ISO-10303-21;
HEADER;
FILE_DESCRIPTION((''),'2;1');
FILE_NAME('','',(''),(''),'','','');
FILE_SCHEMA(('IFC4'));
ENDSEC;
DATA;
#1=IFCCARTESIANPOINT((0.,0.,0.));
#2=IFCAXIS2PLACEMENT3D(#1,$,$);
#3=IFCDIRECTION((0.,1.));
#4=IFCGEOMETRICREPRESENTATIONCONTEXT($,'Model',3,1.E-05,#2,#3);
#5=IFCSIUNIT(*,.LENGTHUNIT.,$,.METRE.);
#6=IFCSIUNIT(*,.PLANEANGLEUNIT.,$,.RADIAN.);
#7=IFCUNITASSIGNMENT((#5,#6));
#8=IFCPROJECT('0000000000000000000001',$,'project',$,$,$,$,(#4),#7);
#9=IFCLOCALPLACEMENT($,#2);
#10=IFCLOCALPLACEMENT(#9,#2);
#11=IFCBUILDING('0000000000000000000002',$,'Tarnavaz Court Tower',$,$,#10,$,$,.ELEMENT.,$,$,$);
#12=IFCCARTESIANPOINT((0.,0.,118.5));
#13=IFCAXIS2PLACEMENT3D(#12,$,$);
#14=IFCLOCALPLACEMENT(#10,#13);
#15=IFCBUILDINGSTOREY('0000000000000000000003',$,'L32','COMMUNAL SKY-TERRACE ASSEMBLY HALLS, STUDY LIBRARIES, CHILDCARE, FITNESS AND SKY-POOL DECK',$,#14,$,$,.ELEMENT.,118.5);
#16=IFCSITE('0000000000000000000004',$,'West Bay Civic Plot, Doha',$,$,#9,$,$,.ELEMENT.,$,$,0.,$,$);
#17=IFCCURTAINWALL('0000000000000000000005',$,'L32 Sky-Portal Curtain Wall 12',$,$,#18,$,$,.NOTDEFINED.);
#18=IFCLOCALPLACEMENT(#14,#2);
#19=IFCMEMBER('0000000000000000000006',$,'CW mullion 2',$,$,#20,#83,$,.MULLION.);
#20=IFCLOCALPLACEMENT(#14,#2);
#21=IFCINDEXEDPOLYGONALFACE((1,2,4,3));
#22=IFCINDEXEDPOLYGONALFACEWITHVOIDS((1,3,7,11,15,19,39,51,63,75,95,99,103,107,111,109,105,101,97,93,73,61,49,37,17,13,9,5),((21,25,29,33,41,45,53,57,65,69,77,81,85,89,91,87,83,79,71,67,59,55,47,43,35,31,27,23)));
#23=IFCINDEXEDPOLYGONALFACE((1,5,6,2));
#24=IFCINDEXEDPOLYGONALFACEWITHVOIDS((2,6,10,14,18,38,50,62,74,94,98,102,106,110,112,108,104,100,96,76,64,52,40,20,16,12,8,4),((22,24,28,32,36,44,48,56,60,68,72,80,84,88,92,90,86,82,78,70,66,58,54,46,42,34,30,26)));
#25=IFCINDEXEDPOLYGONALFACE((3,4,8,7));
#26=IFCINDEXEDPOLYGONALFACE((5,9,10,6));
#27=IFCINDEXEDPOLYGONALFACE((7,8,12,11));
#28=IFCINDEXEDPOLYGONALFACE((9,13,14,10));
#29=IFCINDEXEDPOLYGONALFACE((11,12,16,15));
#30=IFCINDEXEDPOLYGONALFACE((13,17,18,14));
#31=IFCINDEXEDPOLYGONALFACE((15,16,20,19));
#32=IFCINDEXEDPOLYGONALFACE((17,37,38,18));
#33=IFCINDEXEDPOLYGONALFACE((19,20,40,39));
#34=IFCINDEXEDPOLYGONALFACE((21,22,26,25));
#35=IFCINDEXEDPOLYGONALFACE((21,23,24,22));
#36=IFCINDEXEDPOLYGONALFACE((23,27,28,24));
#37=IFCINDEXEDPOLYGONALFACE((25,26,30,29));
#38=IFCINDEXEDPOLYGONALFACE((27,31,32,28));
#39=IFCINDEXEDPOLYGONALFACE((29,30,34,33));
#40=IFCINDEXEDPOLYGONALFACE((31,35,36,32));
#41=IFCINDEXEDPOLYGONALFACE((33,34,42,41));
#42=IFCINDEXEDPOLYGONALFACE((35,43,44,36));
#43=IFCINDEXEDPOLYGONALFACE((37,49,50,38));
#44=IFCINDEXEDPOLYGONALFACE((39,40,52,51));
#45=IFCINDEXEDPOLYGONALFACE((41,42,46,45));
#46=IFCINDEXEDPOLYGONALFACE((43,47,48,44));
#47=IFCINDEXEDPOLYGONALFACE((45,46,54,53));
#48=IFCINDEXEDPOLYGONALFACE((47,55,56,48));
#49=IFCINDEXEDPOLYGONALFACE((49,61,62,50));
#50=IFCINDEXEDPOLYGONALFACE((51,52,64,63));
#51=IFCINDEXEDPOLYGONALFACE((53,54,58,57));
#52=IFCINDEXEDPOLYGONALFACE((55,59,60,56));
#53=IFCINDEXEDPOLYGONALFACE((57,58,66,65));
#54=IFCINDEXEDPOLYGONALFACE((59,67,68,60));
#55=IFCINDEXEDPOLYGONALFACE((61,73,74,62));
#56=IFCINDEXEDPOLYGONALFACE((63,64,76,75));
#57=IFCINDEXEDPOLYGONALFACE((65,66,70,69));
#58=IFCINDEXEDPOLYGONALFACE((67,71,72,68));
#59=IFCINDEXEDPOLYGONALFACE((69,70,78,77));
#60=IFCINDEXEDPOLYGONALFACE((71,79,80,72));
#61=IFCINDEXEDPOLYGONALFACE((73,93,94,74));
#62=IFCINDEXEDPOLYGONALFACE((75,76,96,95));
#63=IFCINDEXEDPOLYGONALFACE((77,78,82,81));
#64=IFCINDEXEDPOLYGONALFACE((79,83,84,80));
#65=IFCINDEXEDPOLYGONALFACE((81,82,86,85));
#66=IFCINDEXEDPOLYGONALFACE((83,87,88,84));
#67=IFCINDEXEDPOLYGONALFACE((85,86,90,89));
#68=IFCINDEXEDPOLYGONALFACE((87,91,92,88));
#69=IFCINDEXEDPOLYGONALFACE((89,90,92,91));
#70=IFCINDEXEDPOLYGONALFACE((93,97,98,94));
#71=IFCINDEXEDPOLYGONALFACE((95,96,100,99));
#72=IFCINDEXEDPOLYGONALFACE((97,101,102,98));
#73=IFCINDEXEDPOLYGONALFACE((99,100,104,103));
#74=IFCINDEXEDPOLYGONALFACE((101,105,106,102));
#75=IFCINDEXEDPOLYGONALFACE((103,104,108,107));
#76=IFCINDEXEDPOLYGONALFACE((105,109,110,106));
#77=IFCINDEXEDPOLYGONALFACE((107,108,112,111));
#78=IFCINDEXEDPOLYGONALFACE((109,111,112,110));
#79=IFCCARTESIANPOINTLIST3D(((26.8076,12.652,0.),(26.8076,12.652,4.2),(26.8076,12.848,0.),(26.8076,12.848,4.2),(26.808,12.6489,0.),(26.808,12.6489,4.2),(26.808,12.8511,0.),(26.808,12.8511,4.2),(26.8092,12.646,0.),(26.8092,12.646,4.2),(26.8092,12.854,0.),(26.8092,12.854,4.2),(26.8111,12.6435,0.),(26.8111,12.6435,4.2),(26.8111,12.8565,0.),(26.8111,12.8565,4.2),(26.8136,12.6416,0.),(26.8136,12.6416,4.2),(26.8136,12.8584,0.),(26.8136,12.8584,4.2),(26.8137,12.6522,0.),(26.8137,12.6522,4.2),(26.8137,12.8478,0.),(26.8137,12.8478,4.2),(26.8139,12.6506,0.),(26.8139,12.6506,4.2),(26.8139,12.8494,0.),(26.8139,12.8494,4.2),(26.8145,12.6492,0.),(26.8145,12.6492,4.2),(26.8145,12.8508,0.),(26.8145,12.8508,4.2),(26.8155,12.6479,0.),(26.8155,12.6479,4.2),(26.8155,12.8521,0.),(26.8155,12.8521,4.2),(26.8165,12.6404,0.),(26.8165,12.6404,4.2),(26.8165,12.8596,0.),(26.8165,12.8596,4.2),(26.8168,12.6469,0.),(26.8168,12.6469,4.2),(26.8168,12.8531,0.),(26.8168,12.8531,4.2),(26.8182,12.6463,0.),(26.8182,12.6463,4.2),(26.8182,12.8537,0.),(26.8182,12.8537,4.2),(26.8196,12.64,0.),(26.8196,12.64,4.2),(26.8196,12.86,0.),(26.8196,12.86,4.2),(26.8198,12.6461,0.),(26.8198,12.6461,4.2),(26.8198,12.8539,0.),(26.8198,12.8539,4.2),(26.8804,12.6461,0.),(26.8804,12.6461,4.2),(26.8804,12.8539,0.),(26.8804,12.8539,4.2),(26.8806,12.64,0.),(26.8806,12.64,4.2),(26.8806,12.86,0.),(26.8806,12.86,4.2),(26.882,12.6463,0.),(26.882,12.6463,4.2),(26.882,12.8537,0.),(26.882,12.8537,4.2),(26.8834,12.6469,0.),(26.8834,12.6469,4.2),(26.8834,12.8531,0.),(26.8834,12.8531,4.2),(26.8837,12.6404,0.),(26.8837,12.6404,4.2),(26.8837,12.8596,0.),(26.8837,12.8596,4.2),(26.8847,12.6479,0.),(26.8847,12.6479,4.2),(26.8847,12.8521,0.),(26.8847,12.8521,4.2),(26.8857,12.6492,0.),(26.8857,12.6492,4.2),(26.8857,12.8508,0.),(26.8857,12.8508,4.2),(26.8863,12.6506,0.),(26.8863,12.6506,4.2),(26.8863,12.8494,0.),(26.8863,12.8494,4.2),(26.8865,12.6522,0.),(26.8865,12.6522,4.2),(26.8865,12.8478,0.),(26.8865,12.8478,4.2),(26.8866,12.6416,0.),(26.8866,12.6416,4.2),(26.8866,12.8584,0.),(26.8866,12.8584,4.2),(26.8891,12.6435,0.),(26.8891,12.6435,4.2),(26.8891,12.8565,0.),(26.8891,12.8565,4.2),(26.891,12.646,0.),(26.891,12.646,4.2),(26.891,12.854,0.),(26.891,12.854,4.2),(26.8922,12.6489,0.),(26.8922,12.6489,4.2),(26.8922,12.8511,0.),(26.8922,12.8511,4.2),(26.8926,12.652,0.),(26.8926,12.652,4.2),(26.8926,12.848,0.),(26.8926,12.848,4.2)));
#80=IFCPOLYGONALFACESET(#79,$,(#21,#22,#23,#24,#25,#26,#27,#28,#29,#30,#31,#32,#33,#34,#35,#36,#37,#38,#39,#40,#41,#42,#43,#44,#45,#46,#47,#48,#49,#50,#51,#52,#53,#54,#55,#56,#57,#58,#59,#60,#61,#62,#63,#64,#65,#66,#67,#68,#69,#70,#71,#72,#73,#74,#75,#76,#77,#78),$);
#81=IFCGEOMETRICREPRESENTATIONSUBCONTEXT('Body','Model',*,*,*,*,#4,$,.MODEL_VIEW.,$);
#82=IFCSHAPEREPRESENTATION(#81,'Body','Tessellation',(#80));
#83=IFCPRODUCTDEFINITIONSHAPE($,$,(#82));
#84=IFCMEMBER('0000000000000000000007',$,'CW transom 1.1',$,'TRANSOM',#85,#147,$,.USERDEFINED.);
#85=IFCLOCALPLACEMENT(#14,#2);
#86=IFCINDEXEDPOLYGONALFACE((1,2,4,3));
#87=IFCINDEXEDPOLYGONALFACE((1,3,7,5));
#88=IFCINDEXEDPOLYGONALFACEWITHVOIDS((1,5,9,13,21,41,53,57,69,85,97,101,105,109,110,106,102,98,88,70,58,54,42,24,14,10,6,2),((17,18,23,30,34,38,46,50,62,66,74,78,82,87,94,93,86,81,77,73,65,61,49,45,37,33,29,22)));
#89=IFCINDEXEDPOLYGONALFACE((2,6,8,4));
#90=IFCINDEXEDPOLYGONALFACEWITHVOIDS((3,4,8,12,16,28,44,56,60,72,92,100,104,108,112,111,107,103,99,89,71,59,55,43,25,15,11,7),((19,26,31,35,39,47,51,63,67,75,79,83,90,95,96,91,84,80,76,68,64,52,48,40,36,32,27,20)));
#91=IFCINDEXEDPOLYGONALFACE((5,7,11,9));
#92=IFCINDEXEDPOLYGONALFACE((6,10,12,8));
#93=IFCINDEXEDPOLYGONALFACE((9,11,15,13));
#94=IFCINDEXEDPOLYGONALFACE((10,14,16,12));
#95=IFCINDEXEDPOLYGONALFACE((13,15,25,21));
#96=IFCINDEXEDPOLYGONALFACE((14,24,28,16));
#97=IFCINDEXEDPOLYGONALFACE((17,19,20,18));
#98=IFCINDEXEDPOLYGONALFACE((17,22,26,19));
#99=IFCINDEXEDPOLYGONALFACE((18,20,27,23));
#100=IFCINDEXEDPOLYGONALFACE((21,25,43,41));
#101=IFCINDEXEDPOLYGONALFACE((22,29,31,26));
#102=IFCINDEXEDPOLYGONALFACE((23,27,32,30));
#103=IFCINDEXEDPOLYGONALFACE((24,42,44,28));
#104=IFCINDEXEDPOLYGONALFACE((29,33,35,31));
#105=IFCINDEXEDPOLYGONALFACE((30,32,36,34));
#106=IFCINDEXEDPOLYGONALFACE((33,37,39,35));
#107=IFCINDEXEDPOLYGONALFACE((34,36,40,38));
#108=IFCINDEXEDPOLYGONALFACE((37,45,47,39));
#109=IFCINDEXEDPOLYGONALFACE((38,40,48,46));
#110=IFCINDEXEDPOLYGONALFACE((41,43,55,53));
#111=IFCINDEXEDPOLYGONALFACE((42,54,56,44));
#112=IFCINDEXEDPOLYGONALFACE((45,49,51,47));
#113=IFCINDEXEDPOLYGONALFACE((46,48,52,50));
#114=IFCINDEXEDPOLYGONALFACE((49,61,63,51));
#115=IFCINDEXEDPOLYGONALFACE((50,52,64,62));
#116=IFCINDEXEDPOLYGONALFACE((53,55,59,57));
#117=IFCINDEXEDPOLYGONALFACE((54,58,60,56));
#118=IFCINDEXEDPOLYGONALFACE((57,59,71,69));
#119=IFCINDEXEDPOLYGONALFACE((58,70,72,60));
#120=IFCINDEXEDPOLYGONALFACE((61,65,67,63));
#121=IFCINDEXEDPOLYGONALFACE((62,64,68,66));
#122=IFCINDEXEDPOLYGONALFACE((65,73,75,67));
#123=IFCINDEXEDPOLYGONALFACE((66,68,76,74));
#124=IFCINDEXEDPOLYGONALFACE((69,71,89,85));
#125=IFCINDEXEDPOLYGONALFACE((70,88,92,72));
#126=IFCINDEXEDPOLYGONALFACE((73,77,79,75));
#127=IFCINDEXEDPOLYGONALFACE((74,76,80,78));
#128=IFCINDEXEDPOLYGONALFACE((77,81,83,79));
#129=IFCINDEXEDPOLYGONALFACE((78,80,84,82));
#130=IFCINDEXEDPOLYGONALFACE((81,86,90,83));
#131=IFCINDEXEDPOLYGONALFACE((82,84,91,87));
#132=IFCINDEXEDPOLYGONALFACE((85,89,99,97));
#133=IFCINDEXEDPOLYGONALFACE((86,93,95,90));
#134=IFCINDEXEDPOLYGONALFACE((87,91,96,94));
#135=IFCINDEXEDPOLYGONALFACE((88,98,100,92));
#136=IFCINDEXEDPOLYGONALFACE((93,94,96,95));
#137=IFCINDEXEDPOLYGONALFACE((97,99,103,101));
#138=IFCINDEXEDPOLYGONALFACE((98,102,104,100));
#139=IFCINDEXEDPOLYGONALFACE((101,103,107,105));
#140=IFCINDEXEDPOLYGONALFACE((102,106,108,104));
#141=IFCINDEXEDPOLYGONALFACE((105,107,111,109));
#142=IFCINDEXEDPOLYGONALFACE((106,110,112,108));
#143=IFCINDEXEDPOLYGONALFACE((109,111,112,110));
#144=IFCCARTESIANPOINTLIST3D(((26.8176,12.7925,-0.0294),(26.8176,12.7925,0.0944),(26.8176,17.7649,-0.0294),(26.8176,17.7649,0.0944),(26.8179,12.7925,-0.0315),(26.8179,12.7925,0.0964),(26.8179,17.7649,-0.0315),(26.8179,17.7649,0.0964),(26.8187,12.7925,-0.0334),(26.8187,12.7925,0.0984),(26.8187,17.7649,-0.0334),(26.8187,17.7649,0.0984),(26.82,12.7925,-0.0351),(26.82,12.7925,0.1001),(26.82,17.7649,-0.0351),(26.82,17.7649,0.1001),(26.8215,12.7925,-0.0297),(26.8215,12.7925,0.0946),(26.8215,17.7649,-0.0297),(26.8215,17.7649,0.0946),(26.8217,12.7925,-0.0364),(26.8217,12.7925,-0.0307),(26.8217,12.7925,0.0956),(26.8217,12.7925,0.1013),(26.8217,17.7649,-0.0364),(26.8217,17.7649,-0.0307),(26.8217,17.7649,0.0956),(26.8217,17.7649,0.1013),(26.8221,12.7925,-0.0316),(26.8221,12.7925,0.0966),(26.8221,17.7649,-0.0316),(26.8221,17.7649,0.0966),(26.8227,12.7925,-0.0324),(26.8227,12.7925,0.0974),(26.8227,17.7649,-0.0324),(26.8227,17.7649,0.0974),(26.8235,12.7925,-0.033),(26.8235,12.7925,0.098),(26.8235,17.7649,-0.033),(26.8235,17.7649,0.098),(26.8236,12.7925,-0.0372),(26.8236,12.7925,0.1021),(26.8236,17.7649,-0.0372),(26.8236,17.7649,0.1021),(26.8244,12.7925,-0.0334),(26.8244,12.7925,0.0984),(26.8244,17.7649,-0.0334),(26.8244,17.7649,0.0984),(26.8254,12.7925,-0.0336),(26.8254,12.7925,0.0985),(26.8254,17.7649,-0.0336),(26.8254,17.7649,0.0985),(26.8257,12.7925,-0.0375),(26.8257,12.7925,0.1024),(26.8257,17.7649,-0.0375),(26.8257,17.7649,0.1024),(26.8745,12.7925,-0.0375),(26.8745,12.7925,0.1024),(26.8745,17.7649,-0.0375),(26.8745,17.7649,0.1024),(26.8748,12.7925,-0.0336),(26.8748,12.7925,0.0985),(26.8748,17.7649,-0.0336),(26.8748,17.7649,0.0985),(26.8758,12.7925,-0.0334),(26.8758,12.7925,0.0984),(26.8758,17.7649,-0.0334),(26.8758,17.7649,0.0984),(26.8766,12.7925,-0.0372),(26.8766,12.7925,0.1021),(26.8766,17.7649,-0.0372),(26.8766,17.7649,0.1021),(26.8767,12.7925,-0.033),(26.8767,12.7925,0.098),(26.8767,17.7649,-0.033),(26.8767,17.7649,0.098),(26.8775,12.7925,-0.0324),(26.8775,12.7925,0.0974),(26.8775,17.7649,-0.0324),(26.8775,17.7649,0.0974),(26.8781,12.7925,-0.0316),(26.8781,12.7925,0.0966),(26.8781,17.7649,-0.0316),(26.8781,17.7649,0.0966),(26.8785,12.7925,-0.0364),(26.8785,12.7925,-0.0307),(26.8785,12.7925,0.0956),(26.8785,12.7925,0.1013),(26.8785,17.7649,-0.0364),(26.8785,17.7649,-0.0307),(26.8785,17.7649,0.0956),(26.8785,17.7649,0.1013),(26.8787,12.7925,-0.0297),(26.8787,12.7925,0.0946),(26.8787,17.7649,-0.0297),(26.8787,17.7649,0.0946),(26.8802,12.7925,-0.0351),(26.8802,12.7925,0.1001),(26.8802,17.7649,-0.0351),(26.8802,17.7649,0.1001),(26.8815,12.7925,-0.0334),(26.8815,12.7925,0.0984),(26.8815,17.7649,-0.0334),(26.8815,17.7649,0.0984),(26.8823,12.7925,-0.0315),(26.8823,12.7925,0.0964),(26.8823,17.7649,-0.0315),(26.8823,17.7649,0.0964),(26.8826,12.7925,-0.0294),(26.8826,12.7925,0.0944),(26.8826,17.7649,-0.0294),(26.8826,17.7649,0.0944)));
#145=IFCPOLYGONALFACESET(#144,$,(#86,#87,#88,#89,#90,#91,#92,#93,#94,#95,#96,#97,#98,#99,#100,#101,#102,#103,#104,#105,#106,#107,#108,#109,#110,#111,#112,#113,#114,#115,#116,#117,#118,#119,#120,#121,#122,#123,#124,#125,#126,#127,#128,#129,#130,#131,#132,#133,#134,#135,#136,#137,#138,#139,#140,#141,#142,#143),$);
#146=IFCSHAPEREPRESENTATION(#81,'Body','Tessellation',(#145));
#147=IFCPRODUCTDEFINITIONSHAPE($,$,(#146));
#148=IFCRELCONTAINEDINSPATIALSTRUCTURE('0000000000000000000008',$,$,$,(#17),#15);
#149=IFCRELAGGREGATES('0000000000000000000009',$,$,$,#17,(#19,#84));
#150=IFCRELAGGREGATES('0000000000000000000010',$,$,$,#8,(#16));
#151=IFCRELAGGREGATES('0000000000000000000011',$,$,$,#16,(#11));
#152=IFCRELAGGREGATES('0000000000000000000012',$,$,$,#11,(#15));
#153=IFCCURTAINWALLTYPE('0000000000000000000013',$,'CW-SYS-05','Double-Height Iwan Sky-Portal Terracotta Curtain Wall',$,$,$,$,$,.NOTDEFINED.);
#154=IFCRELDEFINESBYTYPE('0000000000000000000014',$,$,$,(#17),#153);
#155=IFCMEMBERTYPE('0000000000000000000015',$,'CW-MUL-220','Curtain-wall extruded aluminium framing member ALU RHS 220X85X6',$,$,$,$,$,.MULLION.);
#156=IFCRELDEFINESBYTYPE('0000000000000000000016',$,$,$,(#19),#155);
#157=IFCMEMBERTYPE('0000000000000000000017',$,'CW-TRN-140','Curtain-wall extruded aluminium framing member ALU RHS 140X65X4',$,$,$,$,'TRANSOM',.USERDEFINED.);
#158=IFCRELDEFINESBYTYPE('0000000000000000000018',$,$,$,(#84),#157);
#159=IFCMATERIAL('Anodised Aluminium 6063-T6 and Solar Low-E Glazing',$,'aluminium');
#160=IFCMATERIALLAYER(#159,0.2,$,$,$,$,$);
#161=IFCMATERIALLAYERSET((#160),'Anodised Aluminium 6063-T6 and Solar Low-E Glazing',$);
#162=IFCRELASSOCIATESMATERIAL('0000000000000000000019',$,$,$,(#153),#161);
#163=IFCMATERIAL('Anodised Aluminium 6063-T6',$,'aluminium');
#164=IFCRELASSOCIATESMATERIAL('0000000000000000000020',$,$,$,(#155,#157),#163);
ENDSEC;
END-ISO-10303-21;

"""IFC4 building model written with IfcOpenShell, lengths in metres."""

from ifc_helpers import new_model, si_unit, direction, frame, origin, origin_2d, place, context, subcontext, project, spatial, hollow_rectangle, extrude, material, layer, layer_set, material_profile, profile_set, type_object, element, aggregate, save


model = new_model("IFC4")

# Units and contexts
model_context = context("Model", 3, precision=1e-05, world=origin(), true_north=direction((0.0, 1.0)))
body_context = subcontext(model_context, "Body", "Model", "MODEL_VIEW")
ifc_project = project(units=[si_unit("LENGTHUNIT", "METRE"), si_unit("PLANEANGLEUNIT", "RADIAN")], contexts=[model_context])

# Site, building, storey
site_placement = place(None, origin())
site = spatial("IfcSite", under=ifc_project, at=site_placement, Name="West Bay Civic Plot, Doha", CompositionType="ELEMENT", RefElevation=0.0)
building_placement = place(site_placement, origin())
building = spatial("IfcBuilding", under=site, at=building_placement, Name="Tarnavaz Court Tower", CompositionType="ELEMENT")
storey_placement = place(building_placement, frame((0.0, 0.0, 118.5)))
storey = spatial("IfcBuildingStorey", under=building, at=storey_placement, Name="L32", Description="COMMUNAL SKY-TERRACE ASSEMBLY HALLS, STUDY LIBRARIES, CHILDCARE, FITNESS AND SKY-POOL DECK", CompositionType="ELEMENT", Elevation=118.5)

# Curtain wall, members
ifc_material_1 = material(Name="Anodised Aluminium 6063-T6 and Solar Low-E Glazing", Category="aluminium")
ifc_layer_1 = layer(ifc_material_1, 0.2)
ifc_layer_set_1 = layer_set([ifc_layer_1], Name="Anodised Aluminium 6063-T6 and Solar Low-E Glazing")
curtain_wall_type = type_object("IfcCurtainWallType", Name="CW-SYS-05", Description="Double-Height Iwan Sky-Portal Terracotta Curtain Wall", PredefinedType="NOTDEFINED", material=ifc_layer_set_1)
curtain_wall_placement = place(storey_placement, origin())
curtain_wall = element("IfcCurtainWall", 1, at=curtain_wall_placement, inside=storey, type_object=curtain_wall_type, Name="L32 Sky-Portal Curtain Wall 12", PredefinedType="NOTDEFINED")
ifc_material_2 = material(Name="Anodised Aluminium 6063-T6", Category="aluminium")
ifc_material_profile_1 = material_profile(ifc_material_2, hollow_rectangle(XDim=0.085, YDim=0.22, WallThickness=0.0061, InnerFilletRadius=0.0061, OuterFilletRadius=0.012, at=origin_2d()), Name="ALU RHS 220X85X6")
ifc_profile_set_1 = profile_set([ifc_material_profile_1], Name="Anodised Aluminium 6063-T6")
member_type_1 = type_object("IfcMemberType", Name="CW-MUL-220", Description="Curtain-wall extruded aluminium framing member ALU RHS 220X85X6", PredefinedType="MULLION", material=ifc_profile_set_1)
member_1_placement = place(storey_placement, frame((26.8501, 12.75, 0.0), z_axis=(0.0, 0.0, 1.0), x_axis=(1.0, 0.0, 0.0)))
member_1 = element("IfcMember", 2, at=member_1_placement, type_object=member_type_1, Name="CW mullion 2", PredefinedType="MULLION", context=body_context, shape_type="SweptSolid", body=[
    extrude(hollow_rectangle(XDim=0.085, YDim=0.22, WallThickness=0.0061, InnerFilletRadius=0.0061, OuterFilletRadius=0.012, at=origin_2d()), origin(), (0.0, 0.0, 1.0), 4.2),
])
ifc_material_profile_2 = material_profile(ifc_material_2, hollow_rectangle(XDim=0.0649, YDim=0.1399, WallThickness=0.0039, InnerFilletRadius=0.0039, OuterFilletRadius=0.0081, at=origin_2d()), Name="ALU RHS 140X65X4")
ifc_profile_set_2 = profile_set([ifc_material_profile_2], Name="Anodised Aluminium 6063-T6")
member_type_2 = type_object("IfcMemberType", Name="CW-TRN-140", Description="Curtain-wall extruded aluminium framing member ALU RHS 140X65X4", ElementType="TRANSOM", PredefinedType="USERDEFINED", material=ifc_profile_set_2)
member_2_placement = place(storey_placement, frame((26.8501, 17.7649, 0.0325), z_axis=(0.0, -1.0, 0.0), x_axis=(1.0, 0.0, 0.0)))
member_2 = element("IfcMember", 3, at=member_2_placement, type_object=member_type_2, Name="CW transom 1.1", ObjectType="TRANSOM", PredefinedType="USERDEFINED", context=body_context, shape_type="SweptSolid", body=[
    extrude(hollow_rectangle(XDim=0.0649, YDim=0.1399, WallThickness=0.0039, InnerFilletRadius=0.0039, OuterFilletRadius=0.0081, at=origin_2d()), origin(), (0.0, 0.0, 1.0), 4.9724),
])
aggregate(curtain_wall, [member_1, member_2])

save(model, "model.ifc")
